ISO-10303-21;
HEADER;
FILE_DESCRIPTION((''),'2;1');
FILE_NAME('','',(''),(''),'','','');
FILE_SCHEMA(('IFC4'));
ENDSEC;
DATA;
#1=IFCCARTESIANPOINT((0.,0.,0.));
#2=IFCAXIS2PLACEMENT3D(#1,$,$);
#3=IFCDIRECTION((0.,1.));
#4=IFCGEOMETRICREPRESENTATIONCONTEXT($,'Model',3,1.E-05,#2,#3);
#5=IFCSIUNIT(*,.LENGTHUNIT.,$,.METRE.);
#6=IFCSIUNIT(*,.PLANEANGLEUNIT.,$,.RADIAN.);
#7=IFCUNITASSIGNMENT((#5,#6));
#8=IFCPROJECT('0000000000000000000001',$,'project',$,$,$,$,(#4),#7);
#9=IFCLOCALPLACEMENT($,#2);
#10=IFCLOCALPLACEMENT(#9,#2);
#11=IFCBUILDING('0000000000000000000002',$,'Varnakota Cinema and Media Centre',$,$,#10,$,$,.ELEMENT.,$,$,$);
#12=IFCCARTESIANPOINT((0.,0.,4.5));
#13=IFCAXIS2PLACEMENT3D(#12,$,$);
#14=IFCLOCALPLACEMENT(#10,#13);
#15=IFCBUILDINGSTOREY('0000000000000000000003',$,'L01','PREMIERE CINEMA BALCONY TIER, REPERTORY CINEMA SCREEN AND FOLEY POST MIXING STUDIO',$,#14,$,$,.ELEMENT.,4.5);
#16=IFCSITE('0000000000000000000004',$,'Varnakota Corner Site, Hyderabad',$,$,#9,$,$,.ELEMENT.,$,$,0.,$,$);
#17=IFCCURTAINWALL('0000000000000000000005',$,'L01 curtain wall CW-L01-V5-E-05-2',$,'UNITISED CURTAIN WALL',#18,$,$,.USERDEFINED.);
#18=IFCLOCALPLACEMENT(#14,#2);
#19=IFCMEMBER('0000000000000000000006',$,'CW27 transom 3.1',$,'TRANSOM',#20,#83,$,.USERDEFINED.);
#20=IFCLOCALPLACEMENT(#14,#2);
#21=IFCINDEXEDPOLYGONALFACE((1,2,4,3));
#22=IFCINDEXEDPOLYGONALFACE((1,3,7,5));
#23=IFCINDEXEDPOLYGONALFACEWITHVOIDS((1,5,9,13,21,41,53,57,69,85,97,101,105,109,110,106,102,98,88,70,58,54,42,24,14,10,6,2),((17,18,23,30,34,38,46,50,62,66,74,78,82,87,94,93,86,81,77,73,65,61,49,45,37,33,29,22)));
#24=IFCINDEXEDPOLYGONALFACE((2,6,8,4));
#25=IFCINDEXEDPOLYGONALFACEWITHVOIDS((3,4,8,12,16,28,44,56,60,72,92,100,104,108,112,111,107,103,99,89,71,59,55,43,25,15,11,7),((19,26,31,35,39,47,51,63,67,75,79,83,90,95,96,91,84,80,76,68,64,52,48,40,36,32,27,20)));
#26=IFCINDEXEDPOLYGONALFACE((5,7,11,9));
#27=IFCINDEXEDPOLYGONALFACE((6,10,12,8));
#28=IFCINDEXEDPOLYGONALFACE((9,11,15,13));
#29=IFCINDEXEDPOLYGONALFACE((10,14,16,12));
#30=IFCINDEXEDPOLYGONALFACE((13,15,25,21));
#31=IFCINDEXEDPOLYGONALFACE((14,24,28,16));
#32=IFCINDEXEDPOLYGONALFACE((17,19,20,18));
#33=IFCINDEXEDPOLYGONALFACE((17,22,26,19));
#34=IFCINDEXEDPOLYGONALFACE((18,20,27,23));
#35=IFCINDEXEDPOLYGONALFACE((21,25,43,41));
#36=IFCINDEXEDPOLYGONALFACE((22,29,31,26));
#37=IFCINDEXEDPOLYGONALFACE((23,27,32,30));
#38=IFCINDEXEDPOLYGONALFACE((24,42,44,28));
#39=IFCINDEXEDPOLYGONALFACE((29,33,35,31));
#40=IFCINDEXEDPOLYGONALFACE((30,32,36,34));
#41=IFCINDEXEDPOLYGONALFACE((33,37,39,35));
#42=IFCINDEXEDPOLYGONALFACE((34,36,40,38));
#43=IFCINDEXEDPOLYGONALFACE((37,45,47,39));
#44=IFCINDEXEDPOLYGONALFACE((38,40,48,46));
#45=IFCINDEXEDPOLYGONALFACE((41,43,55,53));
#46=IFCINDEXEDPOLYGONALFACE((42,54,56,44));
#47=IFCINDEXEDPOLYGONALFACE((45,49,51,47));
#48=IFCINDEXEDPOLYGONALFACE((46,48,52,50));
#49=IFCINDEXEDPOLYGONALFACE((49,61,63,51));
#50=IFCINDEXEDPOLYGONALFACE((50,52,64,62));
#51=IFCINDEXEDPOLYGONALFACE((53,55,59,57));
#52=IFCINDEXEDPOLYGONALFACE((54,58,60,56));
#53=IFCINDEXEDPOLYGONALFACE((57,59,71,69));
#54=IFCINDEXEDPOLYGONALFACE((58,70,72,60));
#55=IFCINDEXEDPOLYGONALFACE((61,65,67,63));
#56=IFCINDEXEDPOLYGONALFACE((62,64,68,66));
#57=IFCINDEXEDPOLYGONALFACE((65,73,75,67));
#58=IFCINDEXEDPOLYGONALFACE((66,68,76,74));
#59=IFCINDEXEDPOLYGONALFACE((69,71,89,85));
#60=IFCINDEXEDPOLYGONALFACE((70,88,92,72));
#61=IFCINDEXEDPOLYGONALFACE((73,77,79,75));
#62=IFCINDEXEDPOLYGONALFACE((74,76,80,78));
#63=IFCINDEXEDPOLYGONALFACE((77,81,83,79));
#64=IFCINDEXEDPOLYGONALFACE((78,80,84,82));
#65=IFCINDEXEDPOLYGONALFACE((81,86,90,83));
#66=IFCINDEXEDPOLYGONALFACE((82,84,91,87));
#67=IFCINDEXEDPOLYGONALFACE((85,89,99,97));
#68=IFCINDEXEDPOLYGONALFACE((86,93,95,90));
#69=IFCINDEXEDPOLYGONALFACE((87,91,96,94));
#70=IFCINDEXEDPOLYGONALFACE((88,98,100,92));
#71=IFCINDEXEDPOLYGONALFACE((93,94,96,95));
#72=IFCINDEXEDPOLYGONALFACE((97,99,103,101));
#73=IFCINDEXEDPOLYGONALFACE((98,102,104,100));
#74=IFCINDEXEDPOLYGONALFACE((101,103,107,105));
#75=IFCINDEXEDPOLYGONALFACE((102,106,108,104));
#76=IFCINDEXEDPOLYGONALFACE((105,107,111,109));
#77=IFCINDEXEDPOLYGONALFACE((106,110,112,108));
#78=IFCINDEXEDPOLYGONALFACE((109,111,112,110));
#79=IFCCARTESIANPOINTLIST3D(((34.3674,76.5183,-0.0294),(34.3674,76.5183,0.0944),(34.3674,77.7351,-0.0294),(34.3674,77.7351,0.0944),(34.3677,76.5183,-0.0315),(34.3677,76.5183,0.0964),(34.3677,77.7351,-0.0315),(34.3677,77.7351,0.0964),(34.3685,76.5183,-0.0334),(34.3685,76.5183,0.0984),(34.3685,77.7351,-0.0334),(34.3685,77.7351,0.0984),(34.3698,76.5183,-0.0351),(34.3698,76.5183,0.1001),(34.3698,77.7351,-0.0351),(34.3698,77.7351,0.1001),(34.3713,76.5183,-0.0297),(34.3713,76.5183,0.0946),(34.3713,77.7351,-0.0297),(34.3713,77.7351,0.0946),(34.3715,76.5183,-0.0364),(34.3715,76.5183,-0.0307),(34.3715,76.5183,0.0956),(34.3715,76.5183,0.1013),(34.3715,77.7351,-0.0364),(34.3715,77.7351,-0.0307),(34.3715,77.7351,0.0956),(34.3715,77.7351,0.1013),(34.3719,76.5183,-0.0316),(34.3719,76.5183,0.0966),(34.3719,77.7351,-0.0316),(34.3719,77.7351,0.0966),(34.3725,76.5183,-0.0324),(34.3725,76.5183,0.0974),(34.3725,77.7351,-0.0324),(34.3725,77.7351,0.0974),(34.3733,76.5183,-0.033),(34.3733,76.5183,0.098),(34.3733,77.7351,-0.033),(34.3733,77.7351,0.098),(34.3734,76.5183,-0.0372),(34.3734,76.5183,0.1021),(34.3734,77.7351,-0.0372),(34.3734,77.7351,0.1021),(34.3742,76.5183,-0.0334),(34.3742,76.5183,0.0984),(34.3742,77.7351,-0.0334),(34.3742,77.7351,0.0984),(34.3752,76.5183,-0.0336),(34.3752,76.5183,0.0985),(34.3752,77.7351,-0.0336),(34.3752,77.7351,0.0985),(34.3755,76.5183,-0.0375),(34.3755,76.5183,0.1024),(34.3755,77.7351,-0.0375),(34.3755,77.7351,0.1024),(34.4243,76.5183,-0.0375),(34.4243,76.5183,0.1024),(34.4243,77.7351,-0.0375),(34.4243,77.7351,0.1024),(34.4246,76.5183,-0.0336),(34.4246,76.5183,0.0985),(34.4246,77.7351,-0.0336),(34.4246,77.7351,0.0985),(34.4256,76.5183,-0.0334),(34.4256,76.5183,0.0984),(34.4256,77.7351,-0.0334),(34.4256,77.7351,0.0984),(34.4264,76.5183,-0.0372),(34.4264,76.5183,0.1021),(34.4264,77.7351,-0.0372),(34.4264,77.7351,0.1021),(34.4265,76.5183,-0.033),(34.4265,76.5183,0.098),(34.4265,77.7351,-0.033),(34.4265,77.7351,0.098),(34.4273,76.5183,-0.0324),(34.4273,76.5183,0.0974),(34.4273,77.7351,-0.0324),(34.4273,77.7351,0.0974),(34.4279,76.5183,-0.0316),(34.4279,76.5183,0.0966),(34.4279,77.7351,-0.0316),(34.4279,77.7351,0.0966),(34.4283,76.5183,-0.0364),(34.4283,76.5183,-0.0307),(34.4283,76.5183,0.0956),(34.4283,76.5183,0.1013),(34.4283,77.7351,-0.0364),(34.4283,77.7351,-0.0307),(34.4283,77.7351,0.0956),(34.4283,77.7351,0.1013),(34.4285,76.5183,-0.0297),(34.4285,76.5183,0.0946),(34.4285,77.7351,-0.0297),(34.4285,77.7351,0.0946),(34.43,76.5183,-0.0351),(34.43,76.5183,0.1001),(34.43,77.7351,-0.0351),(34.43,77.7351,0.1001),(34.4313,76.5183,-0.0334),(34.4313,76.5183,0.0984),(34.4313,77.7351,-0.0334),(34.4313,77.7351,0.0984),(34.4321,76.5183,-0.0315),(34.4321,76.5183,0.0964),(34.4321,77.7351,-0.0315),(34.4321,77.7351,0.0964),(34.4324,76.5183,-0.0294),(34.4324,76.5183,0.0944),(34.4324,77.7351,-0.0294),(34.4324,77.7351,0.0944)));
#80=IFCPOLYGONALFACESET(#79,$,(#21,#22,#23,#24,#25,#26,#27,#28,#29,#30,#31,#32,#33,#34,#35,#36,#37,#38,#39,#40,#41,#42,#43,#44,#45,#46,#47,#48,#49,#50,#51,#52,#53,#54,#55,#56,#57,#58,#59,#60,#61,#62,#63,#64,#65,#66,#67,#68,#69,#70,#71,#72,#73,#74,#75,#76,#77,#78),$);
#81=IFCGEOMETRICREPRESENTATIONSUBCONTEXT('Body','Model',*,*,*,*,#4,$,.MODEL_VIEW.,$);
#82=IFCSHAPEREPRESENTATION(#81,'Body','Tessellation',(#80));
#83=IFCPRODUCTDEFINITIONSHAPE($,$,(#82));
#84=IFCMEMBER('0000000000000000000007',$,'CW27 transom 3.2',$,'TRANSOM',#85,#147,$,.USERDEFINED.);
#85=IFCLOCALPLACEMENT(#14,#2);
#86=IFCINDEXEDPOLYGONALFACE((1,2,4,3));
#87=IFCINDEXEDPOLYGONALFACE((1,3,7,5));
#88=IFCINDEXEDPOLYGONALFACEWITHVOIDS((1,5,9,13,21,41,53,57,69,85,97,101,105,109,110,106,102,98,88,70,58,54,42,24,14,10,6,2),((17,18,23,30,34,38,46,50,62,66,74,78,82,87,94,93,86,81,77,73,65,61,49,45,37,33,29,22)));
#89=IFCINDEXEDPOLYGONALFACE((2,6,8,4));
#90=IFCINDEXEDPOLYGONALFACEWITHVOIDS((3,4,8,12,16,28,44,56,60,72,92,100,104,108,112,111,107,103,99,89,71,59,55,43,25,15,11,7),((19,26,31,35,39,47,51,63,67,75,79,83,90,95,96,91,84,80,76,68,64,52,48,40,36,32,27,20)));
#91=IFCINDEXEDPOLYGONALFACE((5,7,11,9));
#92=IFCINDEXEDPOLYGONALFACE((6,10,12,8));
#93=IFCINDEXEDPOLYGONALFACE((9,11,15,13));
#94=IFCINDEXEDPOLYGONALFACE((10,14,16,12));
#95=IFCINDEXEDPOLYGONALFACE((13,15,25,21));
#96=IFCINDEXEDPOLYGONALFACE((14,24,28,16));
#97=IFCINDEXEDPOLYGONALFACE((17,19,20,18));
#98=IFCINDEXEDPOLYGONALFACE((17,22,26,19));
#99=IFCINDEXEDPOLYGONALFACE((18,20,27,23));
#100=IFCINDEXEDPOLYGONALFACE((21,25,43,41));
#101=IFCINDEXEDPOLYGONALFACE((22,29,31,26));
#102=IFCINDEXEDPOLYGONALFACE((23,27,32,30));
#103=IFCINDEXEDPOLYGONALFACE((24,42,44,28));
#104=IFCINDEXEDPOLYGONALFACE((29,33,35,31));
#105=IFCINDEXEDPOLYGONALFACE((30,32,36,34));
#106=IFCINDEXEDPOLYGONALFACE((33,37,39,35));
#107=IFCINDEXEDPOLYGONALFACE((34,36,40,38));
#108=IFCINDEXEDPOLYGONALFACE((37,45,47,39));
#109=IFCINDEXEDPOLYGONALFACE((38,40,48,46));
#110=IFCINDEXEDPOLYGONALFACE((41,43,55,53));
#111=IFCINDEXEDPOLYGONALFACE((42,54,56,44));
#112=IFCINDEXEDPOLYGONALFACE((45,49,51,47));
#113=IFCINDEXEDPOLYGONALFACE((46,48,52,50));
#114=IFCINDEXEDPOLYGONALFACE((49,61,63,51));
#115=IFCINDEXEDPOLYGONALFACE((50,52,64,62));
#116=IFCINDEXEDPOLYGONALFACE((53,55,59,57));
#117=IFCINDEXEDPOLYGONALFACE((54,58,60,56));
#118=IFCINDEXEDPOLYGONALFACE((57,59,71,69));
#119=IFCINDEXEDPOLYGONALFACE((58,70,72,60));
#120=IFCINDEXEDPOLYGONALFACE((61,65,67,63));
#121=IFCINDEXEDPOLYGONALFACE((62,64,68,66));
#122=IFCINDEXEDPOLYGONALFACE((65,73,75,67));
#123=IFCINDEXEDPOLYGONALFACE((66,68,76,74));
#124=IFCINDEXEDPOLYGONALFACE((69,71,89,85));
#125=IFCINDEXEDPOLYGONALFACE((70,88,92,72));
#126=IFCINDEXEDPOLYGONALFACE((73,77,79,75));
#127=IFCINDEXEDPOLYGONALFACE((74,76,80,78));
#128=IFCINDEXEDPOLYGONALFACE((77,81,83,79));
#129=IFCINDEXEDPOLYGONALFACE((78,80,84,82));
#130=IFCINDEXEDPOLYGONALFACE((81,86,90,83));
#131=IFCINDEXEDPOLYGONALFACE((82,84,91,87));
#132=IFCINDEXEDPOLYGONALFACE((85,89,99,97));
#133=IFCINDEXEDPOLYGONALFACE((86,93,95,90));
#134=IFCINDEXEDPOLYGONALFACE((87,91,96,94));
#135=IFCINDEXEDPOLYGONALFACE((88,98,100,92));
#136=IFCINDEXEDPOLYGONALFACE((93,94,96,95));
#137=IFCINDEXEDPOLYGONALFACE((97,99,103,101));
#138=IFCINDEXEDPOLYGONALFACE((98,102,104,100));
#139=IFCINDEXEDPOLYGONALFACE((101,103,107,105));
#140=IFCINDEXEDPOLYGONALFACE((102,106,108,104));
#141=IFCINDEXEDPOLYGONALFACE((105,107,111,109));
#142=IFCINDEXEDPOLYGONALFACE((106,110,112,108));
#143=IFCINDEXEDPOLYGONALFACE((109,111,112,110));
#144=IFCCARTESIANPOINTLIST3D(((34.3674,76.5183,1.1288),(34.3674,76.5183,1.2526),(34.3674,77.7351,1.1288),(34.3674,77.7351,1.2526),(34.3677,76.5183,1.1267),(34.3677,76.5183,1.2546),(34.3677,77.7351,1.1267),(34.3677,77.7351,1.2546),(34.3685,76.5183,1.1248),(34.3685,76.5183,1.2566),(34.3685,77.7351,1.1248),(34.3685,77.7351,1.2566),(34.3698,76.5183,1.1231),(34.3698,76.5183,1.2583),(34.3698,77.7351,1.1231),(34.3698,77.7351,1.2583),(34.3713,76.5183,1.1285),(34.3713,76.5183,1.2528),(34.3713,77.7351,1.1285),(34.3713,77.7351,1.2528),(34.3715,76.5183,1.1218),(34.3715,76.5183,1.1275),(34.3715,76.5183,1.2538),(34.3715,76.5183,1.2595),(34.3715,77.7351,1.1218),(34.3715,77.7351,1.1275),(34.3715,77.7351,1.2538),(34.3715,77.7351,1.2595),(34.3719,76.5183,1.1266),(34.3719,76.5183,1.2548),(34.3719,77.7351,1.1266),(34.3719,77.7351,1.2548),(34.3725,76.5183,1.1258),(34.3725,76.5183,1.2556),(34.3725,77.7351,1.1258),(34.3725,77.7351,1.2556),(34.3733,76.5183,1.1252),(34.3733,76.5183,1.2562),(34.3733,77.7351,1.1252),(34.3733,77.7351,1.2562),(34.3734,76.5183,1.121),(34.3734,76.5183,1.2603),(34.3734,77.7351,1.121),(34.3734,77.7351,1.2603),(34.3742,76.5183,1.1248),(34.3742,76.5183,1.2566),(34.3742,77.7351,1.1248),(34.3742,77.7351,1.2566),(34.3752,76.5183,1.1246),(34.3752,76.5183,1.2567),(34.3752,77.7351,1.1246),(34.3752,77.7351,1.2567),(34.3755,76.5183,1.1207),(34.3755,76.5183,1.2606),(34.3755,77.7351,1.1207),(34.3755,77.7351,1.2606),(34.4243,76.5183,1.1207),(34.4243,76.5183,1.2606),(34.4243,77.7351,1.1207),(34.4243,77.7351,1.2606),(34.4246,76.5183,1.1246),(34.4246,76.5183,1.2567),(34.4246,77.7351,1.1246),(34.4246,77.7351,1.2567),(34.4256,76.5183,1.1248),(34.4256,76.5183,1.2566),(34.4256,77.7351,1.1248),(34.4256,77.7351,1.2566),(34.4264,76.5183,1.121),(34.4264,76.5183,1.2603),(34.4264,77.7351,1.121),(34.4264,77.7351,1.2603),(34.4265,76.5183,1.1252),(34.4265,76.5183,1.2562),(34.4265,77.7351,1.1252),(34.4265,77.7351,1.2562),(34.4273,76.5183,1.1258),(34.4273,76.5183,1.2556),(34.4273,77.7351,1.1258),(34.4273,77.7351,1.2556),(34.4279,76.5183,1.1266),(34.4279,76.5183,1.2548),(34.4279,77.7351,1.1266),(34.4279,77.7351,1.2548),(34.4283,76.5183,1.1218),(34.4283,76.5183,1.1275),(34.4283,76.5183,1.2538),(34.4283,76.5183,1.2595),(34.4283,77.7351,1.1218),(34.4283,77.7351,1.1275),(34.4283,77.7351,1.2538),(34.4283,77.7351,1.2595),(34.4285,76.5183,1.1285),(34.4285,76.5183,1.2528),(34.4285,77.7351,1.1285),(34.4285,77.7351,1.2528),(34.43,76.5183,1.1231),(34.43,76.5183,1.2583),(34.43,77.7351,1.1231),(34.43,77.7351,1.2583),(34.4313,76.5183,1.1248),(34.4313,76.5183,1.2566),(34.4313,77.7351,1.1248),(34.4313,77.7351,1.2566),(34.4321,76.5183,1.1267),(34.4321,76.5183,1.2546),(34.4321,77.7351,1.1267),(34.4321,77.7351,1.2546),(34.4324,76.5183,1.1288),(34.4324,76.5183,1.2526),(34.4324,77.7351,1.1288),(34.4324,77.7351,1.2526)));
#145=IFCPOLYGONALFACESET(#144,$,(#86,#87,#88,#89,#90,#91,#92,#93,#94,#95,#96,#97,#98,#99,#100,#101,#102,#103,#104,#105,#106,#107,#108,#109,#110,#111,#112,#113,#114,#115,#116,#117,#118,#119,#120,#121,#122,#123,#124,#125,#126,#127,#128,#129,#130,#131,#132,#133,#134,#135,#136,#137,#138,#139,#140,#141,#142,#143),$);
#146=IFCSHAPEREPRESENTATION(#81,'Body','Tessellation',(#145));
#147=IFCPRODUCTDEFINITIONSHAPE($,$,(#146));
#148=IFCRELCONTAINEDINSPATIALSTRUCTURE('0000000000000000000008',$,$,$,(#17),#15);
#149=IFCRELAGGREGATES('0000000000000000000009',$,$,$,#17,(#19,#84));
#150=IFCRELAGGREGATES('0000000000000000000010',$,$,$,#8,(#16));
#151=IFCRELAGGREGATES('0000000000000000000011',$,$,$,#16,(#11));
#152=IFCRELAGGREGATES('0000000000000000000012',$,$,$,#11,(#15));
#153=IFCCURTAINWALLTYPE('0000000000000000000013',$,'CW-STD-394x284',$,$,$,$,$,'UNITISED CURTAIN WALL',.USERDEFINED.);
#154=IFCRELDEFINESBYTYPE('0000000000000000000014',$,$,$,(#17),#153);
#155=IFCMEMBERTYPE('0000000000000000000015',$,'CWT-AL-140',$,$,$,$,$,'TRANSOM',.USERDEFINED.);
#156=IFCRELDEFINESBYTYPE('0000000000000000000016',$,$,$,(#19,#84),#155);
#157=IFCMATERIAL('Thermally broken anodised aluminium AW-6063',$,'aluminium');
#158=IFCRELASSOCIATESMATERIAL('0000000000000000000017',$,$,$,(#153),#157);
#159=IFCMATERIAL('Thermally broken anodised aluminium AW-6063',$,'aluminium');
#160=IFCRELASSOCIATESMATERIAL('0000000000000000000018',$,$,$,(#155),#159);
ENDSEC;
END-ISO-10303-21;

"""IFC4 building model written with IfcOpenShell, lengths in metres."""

from ifc_helpers import new_model, si_unit, direction, frame, origin, origin_2d, place, context, subcontext, project, spatial, hollow_rectangle, extrude, material, material_profile, profile_set, type_object, element, aggregate, save


model = new_model("IFC4")

# Units and contexts
model_context = context("Model", 3, precision=1e-05, world=origin(), true_north=direction((0.0, 1.0)))
body_context = subcontext(model_context, "Body", "Model", "MODEL_VIEW")
ifc_project = project(units=[si_unit("LENGTHUNIT", "METRE"), si_unit("PLANEANGLEUNIT", "RADIAN")], contexts=[model_context])

# Site, building, storey
site_placement = place(None, origin())
site = spatial("IfcSite", under=ifc_project, at=site_placement, Name="Varnakota Corner Site, Hyderabad", CompositionType="ELEMENT", RefElevation=0.0)
building_placement = place(site_placement, origin())
building = spatial("IfcBuilding", under=site, at=building_placement, Name="Varnakota Cinema and Media Centre", CompositionType="ELEMENT")
storey_placement = place(building_placement, frame((0.0, 0.0, 4.5)))
storey = spatial("IfcBuildingStorey", under=building, at=storey_placement, Name="L01", Description="PREMIERE CINEMA BALCONY TIER, REPERTORY CINEMA SCREEN AND FOLEY POST MIXING STUDIO", CompositionType="ELEMENT", Elevation=4.5)

# Shared definitions
ifc_material_1 = material(Name="Thermally broken anodised aluminium AW-6063", Category="aluminium")
curtain_wall_type = type_object("IfcCurtainWallType", Name="CW-STD-394x284", ElementType="UNITISED CURTAIN WALL", PredefinedType="USERDEFINED", material=ifc_material_1)

# Curtain wall, members
curtain_wall_1_placement = place(storey_placement, origin())
curtain_wall_1 = element("IfcCurtainWall", 1, at=curtain_wall_1_placement, inside=storey, type_object=curtain_wall_type, Name="L01 curtain wall CW-L01-V5-E-05-2", ObjectType="UNITISED CURTAIN WALL", PredefinedType="USERDEFINED")
ifc_material_2 = material(Name="Thermally broken anodised aluminium AW-6063", Category="aluminium")
ifc_material_profile_1 = material_profile(ifc_material_2, hollow_rectangle(XDim=0.0649, YDim=0.1399, WallThickness=0.0039, InnerFilletRadius=0.0039, OuterFilletRadius=0.0081, at=origin_2d()), Name="AL-TRANSOM 140x65x4")
ifc_profile_set_1 = profile_set([ifc_material_profile_1], Name="Thermally broken anodised aluminium AW-6063")
member_type_1 = type_object("IfcMemberType", Name="CWT-AL-140", ElementType="TRANSOM", PredefinedType="USERDEFINED", material=ifc_profile_set_1)
member_1_placement = place(storey_placement, frame((34.3999, 76.5183, 0.0325), z_axis=(0.0, 1.0, 0.0), x_axis=(-1.0, 0.0, 0.0)))
member_1 = element("IfcMember", 2, at=member_1_placement, type_object=member_type_1, Name="CW27 transom 3.1", ObjectType="TRANSOM", PredefinedType="USERDEFINED", context=body_context, shape_type="SweptSolid", body=[
    extrude(hollow_rectangle(XDim=0.0649, YDim=0.1399, WallThickness=0.0039, InnerFilletRadius=0.0039, OuterFilletRadius=0.0081, at=origin_2d()), origin(), (0.0, 0.0, 1.0), 1.2168),
])
member_2_placement = place(storey_placement, frame((34.3999, 76.5183, 1.1907), z_axis=(0.0, 1.0, 0.0), x_axis=(-1.0, 0.0, 0.0)))
member_2 = element("IfcMember", 3, at=member_2_placement, type_object=member_type_1, Name="CW27 transom 3.2", ObjectType="TRANSOM", PredefinedType="USERDEFINED", context=body_context, shape_type="SweptSolid", body=[
    extrude(hollow_rectangle(XDim=0.0649, YDim=0.1399, WallThickness=0.0039, InnerFilletRadius=0.0039, OuterFilletRadius=0.0081, at=origin_2d()), origin(), (0.0, 0.0, 1.0), 1.2168),
])

aggregate(curtain_wall_1, [member_1, member_2])

save(model, "model.ifc")
